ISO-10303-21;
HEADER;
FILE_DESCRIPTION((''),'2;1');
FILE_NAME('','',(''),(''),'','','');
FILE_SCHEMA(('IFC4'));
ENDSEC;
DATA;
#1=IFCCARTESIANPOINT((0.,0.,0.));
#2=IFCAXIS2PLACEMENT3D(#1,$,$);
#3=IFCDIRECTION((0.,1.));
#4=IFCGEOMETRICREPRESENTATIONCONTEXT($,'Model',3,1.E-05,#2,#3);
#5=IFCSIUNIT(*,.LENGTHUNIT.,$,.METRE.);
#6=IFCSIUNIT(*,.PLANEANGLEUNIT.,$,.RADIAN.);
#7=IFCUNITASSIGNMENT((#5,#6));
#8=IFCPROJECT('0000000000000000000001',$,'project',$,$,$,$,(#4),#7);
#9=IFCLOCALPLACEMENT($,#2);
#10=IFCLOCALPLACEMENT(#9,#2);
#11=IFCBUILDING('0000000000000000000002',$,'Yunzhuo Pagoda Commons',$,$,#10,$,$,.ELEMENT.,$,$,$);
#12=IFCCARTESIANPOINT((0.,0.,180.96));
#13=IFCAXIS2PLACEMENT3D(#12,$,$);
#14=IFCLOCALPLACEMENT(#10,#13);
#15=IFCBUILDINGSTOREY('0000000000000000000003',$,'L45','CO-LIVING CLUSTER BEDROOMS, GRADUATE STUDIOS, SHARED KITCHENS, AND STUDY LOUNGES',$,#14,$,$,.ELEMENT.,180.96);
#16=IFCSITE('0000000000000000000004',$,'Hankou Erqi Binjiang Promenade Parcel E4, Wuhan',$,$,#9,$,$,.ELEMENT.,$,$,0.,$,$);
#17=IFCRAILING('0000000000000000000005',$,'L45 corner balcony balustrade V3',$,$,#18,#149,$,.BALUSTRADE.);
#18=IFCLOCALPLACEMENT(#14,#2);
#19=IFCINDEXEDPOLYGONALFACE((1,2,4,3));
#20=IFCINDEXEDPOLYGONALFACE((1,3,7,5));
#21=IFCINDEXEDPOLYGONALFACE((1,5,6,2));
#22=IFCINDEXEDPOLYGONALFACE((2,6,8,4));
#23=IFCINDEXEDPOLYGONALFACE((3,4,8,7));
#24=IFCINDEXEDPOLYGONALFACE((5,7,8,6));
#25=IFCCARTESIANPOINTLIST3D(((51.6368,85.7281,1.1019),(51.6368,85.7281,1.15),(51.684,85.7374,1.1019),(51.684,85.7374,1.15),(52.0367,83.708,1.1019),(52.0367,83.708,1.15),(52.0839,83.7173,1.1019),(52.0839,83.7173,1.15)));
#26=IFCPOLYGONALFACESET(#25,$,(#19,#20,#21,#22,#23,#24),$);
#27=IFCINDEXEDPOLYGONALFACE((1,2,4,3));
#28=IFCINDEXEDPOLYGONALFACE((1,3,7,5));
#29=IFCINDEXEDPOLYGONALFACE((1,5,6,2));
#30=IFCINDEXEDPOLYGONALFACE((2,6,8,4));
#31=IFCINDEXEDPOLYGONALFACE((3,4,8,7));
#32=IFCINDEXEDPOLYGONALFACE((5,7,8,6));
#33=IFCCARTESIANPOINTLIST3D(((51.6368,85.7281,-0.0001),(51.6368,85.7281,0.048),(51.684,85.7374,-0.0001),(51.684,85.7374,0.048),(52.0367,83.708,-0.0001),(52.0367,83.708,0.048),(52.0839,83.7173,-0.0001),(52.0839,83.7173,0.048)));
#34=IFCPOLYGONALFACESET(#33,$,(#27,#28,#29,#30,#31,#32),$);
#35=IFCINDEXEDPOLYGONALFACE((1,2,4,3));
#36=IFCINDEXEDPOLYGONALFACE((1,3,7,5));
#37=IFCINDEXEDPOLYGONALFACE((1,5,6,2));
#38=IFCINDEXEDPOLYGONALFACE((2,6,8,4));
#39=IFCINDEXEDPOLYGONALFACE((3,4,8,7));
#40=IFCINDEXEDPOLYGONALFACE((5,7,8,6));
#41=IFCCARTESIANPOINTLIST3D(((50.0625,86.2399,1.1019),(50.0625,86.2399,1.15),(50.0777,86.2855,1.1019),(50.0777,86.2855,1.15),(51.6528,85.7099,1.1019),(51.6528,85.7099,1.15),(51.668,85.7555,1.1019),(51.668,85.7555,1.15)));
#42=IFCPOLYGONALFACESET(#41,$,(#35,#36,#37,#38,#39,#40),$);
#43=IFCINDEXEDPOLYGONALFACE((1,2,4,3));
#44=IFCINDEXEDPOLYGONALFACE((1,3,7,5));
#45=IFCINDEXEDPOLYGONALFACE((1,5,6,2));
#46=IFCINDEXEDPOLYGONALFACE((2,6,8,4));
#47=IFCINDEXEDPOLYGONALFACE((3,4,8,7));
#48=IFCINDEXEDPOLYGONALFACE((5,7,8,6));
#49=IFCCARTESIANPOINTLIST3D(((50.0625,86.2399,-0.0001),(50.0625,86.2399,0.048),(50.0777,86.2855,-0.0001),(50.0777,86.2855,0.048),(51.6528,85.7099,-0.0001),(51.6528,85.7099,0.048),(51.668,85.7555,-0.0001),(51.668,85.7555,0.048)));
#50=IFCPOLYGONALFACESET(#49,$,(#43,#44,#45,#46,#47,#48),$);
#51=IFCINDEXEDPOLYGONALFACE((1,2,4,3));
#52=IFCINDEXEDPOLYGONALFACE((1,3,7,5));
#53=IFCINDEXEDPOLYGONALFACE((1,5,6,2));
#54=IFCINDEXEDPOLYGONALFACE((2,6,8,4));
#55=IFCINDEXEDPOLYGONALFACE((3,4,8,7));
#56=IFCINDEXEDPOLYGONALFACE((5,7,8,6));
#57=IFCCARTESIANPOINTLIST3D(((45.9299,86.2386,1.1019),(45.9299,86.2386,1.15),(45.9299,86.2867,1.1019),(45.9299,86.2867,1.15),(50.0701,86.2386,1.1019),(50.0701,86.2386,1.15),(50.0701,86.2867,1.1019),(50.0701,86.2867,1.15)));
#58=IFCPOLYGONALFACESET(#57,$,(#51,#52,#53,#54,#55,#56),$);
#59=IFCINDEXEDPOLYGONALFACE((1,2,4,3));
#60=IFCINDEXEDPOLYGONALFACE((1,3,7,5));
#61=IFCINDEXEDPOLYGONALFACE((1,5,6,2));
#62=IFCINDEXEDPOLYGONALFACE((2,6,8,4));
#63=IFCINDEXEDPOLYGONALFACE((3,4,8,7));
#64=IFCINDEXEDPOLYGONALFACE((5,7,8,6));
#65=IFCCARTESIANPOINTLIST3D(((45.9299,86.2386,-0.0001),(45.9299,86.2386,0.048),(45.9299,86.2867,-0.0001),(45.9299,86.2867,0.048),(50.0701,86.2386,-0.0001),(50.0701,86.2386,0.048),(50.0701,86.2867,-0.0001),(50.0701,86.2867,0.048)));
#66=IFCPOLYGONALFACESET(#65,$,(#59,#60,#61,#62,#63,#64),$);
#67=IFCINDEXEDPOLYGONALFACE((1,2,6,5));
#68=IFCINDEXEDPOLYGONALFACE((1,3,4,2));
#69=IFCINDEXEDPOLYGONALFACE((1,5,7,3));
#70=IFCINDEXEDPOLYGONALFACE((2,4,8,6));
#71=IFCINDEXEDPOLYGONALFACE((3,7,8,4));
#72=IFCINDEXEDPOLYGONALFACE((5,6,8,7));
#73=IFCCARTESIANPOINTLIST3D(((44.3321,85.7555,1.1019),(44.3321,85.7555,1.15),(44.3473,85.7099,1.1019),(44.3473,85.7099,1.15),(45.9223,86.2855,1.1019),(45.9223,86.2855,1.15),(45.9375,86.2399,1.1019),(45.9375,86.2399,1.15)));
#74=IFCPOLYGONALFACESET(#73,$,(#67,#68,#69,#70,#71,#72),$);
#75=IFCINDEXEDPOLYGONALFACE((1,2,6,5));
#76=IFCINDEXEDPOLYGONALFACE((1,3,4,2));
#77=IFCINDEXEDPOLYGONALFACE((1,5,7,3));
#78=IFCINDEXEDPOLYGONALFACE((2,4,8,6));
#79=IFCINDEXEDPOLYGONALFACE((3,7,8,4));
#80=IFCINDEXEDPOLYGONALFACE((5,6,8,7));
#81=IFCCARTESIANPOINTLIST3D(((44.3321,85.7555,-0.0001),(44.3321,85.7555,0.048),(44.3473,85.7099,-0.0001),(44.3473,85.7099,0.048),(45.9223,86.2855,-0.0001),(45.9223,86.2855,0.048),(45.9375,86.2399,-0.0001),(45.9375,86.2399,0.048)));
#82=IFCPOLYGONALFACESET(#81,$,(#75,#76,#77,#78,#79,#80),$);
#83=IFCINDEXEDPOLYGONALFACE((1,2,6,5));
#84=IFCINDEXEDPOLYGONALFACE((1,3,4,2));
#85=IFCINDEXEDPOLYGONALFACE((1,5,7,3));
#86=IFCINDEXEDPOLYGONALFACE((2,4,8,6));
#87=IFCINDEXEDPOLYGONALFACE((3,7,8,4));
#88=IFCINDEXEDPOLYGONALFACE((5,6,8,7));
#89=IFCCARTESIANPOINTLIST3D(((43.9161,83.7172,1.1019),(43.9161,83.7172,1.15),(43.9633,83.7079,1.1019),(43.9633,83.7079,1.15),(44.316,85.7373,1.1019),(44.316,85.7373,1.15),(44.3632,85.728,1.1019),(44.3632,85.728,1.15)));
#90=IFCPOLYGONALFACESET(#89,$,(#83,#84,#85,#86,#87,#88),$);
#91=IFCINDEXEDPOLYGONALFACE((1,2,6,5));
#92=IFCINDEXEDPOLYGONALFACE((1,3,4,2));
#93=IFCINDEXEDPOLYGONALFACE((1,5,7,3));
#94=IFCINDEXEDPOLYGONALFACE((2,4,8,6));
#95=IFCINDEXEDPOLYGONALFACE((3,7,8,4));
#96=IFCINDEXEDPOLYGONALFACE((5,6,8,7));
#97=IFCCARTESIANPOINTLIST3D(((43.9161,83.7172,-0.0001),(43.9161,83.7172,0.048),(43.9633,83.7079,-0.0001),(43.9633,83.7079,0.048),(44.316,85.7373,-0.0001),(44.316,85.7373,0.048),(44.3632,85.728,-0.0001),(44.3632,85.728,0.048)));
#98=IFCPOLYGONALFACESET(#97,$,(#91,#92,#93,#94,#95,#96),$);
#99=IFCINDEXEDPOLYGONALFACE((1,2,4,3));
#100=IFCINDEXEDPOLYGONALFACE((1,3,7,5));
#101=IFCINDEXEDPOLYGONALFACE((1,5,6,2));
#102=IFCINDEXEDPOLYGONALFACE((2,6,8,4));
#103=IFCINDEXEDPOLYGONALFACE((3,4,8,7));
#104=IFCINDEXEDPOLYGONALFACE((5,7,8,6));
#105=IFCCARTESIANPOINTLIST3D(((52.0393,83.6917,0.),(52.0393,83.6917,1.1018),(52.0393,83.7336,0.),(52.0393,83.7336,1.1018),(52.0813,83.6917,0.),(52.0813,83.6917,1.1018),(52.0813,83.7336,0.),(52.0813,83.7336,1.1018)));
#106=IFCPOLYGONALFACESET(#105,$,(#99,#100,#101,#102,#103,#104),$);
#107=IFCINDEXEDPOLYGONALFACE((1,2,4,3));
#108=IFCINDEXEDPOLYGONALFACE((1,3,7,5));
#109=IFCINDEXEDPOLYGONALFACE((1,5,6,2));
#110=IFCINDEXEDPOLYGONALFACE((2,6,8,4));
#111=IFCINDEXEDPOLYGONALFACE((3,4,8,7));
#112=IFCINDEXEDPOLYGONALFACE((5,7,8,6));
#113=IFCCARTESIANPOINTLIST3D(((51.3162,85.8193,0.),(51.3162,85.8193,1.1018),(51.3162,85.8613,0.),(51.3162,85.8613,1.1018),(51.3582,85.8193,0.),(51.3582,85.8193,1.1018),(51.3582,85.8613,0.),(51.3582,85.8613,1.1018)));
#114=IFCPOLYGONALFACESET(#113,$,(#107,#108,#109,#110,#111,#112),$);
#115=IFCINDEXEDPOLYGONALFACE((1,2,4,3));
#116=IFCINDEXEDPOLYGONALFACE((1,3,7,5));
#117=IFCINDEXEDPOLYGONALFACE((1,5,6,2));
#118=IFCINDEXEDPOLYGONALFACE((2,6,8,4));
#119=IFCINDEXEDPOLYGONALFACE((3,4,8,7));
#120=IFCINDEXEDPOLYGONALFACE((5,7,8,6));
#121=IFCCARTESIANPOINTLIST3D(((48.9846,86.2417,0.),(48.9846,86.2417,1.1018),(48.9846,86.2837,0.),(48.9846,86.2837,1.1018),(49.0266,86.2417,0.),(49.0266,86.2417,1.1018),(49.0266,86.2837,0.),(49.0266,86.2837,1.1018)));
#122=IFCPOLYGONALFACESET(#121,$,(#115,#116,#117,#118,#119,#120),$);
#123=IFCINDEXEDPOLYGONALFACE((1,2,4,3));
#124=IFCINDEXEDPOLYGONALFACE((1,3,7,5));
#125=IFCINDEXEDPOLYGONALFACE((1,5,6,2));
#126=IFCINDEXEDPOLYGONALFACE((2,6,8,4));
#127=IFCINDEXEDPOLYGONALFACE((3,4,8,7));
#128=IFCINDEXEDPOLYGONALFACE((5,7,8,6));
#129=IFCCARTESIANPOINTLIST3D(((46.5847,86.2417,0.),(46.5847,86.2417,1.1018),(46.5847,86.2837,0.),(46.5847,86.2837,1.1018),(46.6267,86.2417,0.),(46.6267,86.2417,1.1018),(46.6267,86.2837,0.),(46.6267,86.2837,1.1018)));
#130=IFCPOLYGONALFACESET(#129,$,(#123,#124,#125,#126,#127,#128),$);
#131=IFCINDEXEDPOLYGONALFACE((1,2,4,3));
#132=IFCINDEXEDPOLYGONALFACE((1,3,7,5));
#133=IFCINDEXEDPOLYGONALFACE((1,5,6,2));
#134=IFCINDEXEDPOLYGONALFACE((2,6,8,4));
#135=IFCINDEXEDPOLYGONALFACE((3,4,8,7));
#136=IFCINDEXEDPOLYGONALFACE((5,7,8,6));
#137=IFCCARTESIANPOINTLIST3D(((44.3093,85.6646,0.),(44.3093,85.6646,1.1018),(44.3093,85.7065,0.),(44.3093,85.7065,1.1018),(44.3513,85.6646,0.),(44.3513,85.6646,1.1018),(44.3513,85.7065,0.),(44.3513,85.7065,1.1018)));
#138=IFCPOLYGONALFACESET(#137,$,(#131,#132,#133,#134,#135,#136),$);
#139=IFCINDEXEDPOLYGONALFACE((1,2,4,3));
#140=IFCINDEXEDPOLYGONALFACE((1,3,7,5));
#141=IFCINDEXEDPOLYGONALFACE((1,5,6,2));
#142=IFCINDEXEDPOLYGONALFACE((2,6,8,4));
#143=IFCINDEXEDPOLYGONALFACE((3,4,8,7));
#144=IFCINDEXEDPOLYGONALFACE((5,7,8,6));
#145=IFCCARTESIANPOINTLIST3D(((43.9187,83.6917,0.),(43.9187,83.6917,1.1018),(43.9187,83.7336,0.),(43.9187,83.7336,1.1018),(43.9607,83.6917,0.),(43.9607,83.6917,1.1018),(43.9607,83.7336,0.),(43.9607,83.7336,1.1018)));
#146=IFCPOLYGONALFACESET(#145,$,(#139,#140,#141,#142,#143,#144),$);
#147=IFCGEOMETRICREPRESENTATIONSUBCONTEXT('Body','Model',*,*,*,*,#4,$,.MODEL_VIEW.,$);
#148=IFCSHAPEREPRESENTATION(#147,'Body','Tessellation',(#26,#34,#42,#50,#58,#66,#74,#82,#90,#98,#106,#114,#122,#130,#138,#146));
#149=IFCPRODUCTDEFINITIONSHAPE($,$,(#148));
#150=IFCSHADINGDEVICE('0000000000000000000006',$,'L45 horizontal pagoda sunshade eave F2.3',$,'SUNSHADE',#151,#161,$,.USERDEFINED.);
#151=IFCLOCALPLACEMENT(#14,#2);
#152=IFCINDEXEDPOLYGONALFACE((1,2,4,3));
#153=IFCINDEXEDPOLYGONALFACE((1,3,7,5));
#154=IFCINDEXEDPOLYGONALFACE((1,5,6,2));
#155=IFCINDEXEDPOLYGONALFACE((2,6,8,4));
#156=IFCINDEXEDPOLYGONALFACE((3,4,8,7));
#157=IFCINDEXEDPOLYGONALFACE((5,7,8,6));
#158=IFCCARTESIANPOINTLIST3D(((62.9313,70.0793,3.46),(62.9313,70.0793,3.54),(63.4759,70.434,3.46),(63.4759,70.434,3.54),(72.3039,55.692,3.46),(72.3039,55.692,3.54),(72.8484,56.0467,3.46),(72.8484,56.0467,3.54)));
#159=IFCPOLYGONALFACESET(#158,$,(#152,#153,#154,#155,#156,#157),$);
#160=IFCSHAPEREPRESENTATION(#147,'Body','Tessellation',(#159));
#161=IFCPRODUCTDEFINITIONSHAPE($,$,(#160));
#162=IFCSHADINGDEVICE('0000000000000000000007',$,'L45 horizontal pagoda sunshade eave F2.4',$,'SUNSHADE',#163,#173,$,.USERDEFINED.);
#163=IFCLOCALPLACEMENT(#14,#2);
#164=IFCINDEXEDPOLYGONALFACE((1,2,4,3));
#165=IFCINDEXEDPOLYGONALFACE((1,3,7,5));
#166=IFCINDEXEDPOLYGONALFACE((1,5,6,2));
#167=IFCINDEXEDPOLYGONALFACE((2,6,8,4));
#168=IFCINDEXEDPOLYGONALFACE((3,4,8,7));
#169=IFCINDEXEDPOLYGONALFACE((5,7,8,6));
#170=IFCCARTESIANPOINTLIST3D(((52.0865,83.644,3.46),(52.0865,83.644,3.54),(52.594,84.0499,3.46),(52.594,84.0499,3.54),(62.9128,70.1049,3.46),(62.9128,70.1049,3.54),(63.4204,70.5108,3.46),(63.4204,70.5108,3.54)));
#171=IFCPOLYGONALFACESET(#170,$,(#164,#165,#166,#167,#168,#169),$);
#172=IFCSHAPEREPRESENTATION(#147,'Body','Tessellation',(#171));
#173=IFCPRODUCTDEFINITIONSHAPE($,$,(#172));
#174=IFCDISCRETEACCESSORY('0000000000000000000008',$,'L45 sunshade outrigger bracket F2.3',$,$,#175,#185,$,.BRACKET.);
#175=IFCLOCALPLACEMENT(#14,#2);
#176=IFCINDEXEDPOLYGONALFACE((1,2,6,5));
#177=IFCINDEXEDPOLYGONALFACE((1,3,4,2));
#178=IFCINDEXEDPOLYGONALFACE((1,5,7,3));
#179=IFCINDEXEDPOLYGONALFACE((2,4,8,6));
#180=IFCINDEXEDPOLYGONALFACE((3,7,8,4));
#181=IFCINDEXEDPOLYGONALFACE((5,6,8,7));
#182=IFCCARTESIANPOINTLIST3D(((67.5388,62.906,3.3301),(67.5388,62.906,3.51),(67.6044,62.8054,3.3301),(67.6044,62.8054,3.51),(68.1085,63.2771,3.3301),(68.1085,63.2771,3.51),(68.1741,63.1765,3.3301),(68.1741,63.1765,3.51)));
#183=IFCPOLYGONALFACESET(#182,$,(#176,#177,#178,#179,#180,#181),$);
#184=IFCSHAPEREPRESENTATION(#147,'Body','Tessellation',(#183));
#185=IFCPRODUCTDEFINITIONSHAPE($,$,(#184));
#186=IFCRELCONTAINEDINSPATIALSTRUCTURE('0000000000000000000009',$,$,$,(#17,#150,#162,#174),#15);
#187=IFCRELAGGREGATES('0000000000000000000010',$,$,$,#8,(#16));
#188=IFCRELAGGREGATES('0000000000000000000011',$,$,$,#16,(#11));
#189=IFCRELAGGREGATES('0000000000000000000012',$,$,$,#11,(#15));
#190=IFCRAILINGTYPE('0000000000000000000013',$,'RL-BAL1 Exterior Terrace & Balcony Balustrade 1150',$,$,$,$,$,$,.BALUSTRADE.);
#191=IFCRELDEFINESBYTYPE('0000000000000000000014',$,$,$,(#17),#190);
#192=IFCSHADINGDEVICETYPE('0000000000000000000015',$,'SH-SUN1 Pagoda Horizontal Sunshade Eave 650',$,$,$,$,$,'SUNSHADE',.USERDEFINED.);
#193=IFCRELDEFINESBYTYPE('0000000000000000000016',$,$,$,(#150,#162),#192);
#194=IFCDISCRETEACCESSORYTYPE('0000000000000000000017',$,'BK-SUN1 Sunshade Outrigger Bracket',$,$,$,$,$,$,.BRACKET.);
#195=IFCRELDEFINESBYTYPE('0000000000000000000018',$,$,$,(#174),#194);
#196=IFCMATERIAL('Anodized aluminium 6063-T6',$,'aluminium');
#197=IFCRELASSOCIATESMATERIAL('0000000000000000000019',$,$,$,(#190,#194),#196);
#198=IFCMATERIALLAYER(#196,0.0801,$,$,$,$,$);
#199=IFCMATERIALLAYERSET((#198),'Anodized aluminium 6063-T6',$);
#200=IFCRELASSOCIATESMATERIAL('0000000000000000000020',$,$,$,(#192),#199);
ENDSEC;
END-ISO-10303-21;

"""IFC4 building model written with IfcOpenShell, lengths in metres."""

from ifc_helpers import new_model, si_unit, direction, frame, origin, origin_2d, place, context, subcontext, project, spatial, rectangle, extrude, source, transform, mapped, material, layer, layer_set, type_object, element, save


model = new_model("IFC4")

# Units and contexts
model_context = context("Model", 3, precision=1e-05, world=origin(), true_north=direction((0.0, 1.0)))
body_context = subcontext(model_context, "Body", "Model", "MODEL_VIEW")
ifc_project = project(units=[si_unit("LENGTHUNIT", "METRE"), si_unit("PLANEANGLEUNIT", "RADIAN")], contexts=[model_context])

# Site, building, storey
site_placement = place(None, origin())
site = spatial("IfcSite", under=ifc_project, at=site_placement, Name="Hankou Erqi Binjiang Promenade Parcel E4, Wuhan", CompositionType="ELEMENT", RefElevation=0.0)
building_placement = place(site_placement, origin())
building = spatial("IfcBuilding", under=site, at=building_placement, Name="Yunzhuo Pagoda Commons", CompositionType="ELEMENT")
storey_placement = place(building_placement, frame((0.0, 0.0, 180.96)))
storey = spatial("IfcBuildingStorey", under=building, at=storey_placement, Name="L45", Description="CO-LIVING CLUSTER BEDROOMS, GRADUATE STUDIOS, SHARED KITCHENS, AND STUDY LOUNGES", CompositionType="ELEMENT", Elevation=180.96)

# Shared definitions
ifc_material_1 = material(Name="Anodized aluminium 6063-T6", Category="aluminium")

# Railing
railing_type_1 = type_object("IfcRailingType", Name="RL-BAL1 Exterior Terrace & Balcony Balustrade 1150", PredefinedType="BALUSTRADE", material=ifc_material_1)
railing_1_placement = place(storey_placement, frame((52.0603, 83.7126, 0.0)))
element("IfcRailing", 1, at=railing_1_placement, inside=storey, type_object=railing_type_1, Name="L45 corner balcony balustrade V3", PredefinedType="BALUSTRADE", context=body_context, shape_type="SweptSolid", body=[
    extrude(rectangle(XDim=0.0481, YDim=0.0481, at=origin_2d()), frame((0.0, 0.0, 1.126), z_axis=(-0.194201, 0.980962, 0.0), x_axis=(-0.980962, -0.194201, 0.0)), (0.0, 0.0, 1.0), 2.0593),
    extrude(rectangle(XDim=0.0481, YDim=0.0481, at=origin_2d()), frame((0.0, 0.0, 0.0239), z_axis=(-0.194201, 0.980962, 0.0), x_axis=(-0.980962, -0.194201, 0.0)), (0.0, 0.0, 1.0), 2.0593),
    extrude(rectangle(XDim=0.0481, YDim=0.0481, at=origin_2d()), frame((-0.3999, 2.02, 1.126), z_axis=(-0.948698, 0.316184, 0.0), x_axis=(-0.316184, -0.948698, 0.0)), (0.0, 0.0, 1.0), 1.6763),
    extrude(rectangle(XDim=0.0481, YDim=0.0481, at=origin_2d()), frame((-0.3999, 2.02, 0.0239), z_axis=(-0.948698, 0.316184, 0.0), x_axis=(-0.316184, -0.948698, 0.0)), (0.0, 0.0, 1.0), 1.6763),
    extrude(rectangle(XDim=0.0481, YDim=0.0481, at=origin_2d()), frame((-1.9902, 2.55, 1.126), z_axis=(-1.0, 0.0, 0.0), x_axis=(0.0, -1.0, 0.0)), (0.0, 0.0, 1.0), 4.1401),
    extrude(rectangle(XDim=0.0481, YDim=0.0481, at=origin_2d()), frame((-1.9902, 2.55, 0.0239), z_axis=(-1.0, 0.0, 0.0), x_axis=(0.0, -1.0, 0.0)), (0.0, 0.0, 1.0), 4.1401),
    extrude(rectangle(XDim=0.0481, YDim=0.0481, at=origin_2d()), frame((-6.1304, 2.55, 1.126), z_axis=(-0.948698, -0.316184, 0.0), x_axis=(0.316184, -0.948698, 0.0)), (0.0, 0.0, 1.0), 1.6763),
    extrude(rectangle(XDim=0.0481, YDim=0.0481, at=origin_2d()), frame((-6.1304, 2.55, 0.0239), z_axis=(-0.948698, -0.316184, 0.0), x_axis=(0.316184, -0.948698, 0.0)), (0.0, 0.0, 1.0), 1.6763),
    extrude(rectangle(XDim=0.0481, YDim=0.0481, at=origin_2d()), frame((-7.7207, 2.02, 1.126), z_axis=(-0.194201, -0.980962, 0.0), x_axis=(0.980962, -0.194201, 0.0)), (0.0, 0.0, 1.0), 2.0593),
    extrude(rectangle(XDim=0.0481, YDim=0.0481, at=origin_2d()), frame((-7.7207, 2.02, 0.0239), z_axis=(-0.194201, -0.980962, 0.0), x_axis=(0.980962, -0.194201, 0.0)), (0.0, 0.0, 1.0), 2.0593),
    extrude(rectangle(XDim=0.042, YDim=0.042, at=origin_2d()), origin(), (0.0, 0.0, 1.0), 1.1018),
    extrude(rectangle(XDim=0.042, YDim=0.042, at=origin_2d()), frame((-0.7231, 2.1277, 0.0)), (0.0, 0.0, 1.0), 1.1018),
    extrude(rectangle(XDim=0.042, YDim=0.042, at=origin_2d()), frame((-3.0547, 2.55, 0.0)), (0.0, 0.0, 1.0), 1.1018),
    extrude(rectangle(XDim=0.042, YDim=0.042, at=origin_2d()), frame((-5.4546, 2.55, 0.0)), (0.0, 0.0, 1.0), 1.1018),
    extrude(rectangle(XDim=0.042, YDim=0.042, at=origin_2d()), frame((-7.73, 1.9729, 0.0)), (0.0, 0.0, 1.0), 1.1018),
    extrude(rectangle(XDim=0.042, YDim=0.042, at=origin_2d()), frame((-8.1206, 0.0, 0.0)), (0.0, 0.0, 1.0), 1.1018),
])

# Shading devices
ifc_layer_1 = layer(ifc_material_1, 0.0801)
ifc_layer_set_1 = layer_set([ifc_layer_1], Name="Anodized aluminium 6063-T6")
shading_device_type = type_object("IfcShadingDeviceType", Name="SH-SUN1 Pagoda Horizontal Sunshade Eave 650", ElementType="SUNSHADE", PredefinedType="USERDEFINED", material=ifc_layer_set_1)
shared_shape_1 = source(origin(), body_context, "Body", "SweptSolid", [
    extrude(rectangle(XDim=17.1709, YDim=0.6499, at=origin_2d()), origin(), (0.0, 0.0, 1.0), 0.0801),
])
shading_device_1_placement = place(storey_placement, frame((67.8899, 63.063, 3.46), z_axis=(0.0, 0.0, 1.0), x_axis=(-0.545839, 0.83789, 0.0)))
element("IfcShadingDevice", 2, at=shading_device_1_placement, inside=storey, type_object=shading_device_type, Name="L45 horizontal pagoda sunshade eave F2.3", ObjectType="SUNSHADE", PredefinedType="USERDEFINED", context=body_context, shape_type="MappedRepresentation", body=[
    mapped(shared_shape_1, transform((0.0, 0.0, 0.0), scale=1.0)),
])
shared_shape_2 = source(origin(), body_context, "Body", "SweptSolid", [
    extrude(rectangle(XDim=17.3354, YDim=0.6499, at=origin_2d()), origin(), (0.0, 0.0, 1.0), 0.0801),
])
shading_device_2_placement = place(storey_placement, frame((57.7534, 77.0774, 3.46), z_axis=(0.0, 0.0, 1.0), x_axis=(-0.62452, 0.781008, 0.0)))
element("IfcShadingDevice", 3, at=shading_device_2_placement, inside=storey, type_object=shading_device_type, Name="L45 horizontal pagoda sunshade eave F2.4", ObjectType="SUNSHADE", PredefinedType="USERDEFINED", context=body_context, shape_type="MappedRepresentation", body=[
    mapped(shared_shape_2, transform((0.0, 0.0, 0.0), scale=1.0)),
])

# Discrete accessory
discrete_accessory_type = type_object("IfcDiscreteAccessoryType", Name="BK-SUN1 Sunshade Outrigger Bracket", PredefinedType="BRACKET", material=ifc_material_1)
shared_shape_3 = source(origin(), body_context, "Body", "SweptSolid", [
    extrude(rectangle(XDim=0.1201, YDim=0.6799, at=origin_2d()), origin(), (0.0, 0.0, 1.0), 0.1799),
])
discrete_accessory_placement = place(storey_placement, frame((67.8564, 63.0413, 3.3301), z_axis=(0.0, 0.0, 1.0), x_axis=(-0.545839, 0.83789, 0.0)))
element("IfcDiscreteAccessory", 4, at=discrete_accessory_placement, inside=storey, type_object=discrete_accessory_type, Name="L45 sunshade outrigger bracket F2.3", PredefinedType="BRACKET", context=body_context, shape_type="MappedRepresentation", body=[
    mapped(shared_shape_3, transform((0.0, 0.0, 0.0), scale=1.0)),
])

save(model, "model.ifc")
